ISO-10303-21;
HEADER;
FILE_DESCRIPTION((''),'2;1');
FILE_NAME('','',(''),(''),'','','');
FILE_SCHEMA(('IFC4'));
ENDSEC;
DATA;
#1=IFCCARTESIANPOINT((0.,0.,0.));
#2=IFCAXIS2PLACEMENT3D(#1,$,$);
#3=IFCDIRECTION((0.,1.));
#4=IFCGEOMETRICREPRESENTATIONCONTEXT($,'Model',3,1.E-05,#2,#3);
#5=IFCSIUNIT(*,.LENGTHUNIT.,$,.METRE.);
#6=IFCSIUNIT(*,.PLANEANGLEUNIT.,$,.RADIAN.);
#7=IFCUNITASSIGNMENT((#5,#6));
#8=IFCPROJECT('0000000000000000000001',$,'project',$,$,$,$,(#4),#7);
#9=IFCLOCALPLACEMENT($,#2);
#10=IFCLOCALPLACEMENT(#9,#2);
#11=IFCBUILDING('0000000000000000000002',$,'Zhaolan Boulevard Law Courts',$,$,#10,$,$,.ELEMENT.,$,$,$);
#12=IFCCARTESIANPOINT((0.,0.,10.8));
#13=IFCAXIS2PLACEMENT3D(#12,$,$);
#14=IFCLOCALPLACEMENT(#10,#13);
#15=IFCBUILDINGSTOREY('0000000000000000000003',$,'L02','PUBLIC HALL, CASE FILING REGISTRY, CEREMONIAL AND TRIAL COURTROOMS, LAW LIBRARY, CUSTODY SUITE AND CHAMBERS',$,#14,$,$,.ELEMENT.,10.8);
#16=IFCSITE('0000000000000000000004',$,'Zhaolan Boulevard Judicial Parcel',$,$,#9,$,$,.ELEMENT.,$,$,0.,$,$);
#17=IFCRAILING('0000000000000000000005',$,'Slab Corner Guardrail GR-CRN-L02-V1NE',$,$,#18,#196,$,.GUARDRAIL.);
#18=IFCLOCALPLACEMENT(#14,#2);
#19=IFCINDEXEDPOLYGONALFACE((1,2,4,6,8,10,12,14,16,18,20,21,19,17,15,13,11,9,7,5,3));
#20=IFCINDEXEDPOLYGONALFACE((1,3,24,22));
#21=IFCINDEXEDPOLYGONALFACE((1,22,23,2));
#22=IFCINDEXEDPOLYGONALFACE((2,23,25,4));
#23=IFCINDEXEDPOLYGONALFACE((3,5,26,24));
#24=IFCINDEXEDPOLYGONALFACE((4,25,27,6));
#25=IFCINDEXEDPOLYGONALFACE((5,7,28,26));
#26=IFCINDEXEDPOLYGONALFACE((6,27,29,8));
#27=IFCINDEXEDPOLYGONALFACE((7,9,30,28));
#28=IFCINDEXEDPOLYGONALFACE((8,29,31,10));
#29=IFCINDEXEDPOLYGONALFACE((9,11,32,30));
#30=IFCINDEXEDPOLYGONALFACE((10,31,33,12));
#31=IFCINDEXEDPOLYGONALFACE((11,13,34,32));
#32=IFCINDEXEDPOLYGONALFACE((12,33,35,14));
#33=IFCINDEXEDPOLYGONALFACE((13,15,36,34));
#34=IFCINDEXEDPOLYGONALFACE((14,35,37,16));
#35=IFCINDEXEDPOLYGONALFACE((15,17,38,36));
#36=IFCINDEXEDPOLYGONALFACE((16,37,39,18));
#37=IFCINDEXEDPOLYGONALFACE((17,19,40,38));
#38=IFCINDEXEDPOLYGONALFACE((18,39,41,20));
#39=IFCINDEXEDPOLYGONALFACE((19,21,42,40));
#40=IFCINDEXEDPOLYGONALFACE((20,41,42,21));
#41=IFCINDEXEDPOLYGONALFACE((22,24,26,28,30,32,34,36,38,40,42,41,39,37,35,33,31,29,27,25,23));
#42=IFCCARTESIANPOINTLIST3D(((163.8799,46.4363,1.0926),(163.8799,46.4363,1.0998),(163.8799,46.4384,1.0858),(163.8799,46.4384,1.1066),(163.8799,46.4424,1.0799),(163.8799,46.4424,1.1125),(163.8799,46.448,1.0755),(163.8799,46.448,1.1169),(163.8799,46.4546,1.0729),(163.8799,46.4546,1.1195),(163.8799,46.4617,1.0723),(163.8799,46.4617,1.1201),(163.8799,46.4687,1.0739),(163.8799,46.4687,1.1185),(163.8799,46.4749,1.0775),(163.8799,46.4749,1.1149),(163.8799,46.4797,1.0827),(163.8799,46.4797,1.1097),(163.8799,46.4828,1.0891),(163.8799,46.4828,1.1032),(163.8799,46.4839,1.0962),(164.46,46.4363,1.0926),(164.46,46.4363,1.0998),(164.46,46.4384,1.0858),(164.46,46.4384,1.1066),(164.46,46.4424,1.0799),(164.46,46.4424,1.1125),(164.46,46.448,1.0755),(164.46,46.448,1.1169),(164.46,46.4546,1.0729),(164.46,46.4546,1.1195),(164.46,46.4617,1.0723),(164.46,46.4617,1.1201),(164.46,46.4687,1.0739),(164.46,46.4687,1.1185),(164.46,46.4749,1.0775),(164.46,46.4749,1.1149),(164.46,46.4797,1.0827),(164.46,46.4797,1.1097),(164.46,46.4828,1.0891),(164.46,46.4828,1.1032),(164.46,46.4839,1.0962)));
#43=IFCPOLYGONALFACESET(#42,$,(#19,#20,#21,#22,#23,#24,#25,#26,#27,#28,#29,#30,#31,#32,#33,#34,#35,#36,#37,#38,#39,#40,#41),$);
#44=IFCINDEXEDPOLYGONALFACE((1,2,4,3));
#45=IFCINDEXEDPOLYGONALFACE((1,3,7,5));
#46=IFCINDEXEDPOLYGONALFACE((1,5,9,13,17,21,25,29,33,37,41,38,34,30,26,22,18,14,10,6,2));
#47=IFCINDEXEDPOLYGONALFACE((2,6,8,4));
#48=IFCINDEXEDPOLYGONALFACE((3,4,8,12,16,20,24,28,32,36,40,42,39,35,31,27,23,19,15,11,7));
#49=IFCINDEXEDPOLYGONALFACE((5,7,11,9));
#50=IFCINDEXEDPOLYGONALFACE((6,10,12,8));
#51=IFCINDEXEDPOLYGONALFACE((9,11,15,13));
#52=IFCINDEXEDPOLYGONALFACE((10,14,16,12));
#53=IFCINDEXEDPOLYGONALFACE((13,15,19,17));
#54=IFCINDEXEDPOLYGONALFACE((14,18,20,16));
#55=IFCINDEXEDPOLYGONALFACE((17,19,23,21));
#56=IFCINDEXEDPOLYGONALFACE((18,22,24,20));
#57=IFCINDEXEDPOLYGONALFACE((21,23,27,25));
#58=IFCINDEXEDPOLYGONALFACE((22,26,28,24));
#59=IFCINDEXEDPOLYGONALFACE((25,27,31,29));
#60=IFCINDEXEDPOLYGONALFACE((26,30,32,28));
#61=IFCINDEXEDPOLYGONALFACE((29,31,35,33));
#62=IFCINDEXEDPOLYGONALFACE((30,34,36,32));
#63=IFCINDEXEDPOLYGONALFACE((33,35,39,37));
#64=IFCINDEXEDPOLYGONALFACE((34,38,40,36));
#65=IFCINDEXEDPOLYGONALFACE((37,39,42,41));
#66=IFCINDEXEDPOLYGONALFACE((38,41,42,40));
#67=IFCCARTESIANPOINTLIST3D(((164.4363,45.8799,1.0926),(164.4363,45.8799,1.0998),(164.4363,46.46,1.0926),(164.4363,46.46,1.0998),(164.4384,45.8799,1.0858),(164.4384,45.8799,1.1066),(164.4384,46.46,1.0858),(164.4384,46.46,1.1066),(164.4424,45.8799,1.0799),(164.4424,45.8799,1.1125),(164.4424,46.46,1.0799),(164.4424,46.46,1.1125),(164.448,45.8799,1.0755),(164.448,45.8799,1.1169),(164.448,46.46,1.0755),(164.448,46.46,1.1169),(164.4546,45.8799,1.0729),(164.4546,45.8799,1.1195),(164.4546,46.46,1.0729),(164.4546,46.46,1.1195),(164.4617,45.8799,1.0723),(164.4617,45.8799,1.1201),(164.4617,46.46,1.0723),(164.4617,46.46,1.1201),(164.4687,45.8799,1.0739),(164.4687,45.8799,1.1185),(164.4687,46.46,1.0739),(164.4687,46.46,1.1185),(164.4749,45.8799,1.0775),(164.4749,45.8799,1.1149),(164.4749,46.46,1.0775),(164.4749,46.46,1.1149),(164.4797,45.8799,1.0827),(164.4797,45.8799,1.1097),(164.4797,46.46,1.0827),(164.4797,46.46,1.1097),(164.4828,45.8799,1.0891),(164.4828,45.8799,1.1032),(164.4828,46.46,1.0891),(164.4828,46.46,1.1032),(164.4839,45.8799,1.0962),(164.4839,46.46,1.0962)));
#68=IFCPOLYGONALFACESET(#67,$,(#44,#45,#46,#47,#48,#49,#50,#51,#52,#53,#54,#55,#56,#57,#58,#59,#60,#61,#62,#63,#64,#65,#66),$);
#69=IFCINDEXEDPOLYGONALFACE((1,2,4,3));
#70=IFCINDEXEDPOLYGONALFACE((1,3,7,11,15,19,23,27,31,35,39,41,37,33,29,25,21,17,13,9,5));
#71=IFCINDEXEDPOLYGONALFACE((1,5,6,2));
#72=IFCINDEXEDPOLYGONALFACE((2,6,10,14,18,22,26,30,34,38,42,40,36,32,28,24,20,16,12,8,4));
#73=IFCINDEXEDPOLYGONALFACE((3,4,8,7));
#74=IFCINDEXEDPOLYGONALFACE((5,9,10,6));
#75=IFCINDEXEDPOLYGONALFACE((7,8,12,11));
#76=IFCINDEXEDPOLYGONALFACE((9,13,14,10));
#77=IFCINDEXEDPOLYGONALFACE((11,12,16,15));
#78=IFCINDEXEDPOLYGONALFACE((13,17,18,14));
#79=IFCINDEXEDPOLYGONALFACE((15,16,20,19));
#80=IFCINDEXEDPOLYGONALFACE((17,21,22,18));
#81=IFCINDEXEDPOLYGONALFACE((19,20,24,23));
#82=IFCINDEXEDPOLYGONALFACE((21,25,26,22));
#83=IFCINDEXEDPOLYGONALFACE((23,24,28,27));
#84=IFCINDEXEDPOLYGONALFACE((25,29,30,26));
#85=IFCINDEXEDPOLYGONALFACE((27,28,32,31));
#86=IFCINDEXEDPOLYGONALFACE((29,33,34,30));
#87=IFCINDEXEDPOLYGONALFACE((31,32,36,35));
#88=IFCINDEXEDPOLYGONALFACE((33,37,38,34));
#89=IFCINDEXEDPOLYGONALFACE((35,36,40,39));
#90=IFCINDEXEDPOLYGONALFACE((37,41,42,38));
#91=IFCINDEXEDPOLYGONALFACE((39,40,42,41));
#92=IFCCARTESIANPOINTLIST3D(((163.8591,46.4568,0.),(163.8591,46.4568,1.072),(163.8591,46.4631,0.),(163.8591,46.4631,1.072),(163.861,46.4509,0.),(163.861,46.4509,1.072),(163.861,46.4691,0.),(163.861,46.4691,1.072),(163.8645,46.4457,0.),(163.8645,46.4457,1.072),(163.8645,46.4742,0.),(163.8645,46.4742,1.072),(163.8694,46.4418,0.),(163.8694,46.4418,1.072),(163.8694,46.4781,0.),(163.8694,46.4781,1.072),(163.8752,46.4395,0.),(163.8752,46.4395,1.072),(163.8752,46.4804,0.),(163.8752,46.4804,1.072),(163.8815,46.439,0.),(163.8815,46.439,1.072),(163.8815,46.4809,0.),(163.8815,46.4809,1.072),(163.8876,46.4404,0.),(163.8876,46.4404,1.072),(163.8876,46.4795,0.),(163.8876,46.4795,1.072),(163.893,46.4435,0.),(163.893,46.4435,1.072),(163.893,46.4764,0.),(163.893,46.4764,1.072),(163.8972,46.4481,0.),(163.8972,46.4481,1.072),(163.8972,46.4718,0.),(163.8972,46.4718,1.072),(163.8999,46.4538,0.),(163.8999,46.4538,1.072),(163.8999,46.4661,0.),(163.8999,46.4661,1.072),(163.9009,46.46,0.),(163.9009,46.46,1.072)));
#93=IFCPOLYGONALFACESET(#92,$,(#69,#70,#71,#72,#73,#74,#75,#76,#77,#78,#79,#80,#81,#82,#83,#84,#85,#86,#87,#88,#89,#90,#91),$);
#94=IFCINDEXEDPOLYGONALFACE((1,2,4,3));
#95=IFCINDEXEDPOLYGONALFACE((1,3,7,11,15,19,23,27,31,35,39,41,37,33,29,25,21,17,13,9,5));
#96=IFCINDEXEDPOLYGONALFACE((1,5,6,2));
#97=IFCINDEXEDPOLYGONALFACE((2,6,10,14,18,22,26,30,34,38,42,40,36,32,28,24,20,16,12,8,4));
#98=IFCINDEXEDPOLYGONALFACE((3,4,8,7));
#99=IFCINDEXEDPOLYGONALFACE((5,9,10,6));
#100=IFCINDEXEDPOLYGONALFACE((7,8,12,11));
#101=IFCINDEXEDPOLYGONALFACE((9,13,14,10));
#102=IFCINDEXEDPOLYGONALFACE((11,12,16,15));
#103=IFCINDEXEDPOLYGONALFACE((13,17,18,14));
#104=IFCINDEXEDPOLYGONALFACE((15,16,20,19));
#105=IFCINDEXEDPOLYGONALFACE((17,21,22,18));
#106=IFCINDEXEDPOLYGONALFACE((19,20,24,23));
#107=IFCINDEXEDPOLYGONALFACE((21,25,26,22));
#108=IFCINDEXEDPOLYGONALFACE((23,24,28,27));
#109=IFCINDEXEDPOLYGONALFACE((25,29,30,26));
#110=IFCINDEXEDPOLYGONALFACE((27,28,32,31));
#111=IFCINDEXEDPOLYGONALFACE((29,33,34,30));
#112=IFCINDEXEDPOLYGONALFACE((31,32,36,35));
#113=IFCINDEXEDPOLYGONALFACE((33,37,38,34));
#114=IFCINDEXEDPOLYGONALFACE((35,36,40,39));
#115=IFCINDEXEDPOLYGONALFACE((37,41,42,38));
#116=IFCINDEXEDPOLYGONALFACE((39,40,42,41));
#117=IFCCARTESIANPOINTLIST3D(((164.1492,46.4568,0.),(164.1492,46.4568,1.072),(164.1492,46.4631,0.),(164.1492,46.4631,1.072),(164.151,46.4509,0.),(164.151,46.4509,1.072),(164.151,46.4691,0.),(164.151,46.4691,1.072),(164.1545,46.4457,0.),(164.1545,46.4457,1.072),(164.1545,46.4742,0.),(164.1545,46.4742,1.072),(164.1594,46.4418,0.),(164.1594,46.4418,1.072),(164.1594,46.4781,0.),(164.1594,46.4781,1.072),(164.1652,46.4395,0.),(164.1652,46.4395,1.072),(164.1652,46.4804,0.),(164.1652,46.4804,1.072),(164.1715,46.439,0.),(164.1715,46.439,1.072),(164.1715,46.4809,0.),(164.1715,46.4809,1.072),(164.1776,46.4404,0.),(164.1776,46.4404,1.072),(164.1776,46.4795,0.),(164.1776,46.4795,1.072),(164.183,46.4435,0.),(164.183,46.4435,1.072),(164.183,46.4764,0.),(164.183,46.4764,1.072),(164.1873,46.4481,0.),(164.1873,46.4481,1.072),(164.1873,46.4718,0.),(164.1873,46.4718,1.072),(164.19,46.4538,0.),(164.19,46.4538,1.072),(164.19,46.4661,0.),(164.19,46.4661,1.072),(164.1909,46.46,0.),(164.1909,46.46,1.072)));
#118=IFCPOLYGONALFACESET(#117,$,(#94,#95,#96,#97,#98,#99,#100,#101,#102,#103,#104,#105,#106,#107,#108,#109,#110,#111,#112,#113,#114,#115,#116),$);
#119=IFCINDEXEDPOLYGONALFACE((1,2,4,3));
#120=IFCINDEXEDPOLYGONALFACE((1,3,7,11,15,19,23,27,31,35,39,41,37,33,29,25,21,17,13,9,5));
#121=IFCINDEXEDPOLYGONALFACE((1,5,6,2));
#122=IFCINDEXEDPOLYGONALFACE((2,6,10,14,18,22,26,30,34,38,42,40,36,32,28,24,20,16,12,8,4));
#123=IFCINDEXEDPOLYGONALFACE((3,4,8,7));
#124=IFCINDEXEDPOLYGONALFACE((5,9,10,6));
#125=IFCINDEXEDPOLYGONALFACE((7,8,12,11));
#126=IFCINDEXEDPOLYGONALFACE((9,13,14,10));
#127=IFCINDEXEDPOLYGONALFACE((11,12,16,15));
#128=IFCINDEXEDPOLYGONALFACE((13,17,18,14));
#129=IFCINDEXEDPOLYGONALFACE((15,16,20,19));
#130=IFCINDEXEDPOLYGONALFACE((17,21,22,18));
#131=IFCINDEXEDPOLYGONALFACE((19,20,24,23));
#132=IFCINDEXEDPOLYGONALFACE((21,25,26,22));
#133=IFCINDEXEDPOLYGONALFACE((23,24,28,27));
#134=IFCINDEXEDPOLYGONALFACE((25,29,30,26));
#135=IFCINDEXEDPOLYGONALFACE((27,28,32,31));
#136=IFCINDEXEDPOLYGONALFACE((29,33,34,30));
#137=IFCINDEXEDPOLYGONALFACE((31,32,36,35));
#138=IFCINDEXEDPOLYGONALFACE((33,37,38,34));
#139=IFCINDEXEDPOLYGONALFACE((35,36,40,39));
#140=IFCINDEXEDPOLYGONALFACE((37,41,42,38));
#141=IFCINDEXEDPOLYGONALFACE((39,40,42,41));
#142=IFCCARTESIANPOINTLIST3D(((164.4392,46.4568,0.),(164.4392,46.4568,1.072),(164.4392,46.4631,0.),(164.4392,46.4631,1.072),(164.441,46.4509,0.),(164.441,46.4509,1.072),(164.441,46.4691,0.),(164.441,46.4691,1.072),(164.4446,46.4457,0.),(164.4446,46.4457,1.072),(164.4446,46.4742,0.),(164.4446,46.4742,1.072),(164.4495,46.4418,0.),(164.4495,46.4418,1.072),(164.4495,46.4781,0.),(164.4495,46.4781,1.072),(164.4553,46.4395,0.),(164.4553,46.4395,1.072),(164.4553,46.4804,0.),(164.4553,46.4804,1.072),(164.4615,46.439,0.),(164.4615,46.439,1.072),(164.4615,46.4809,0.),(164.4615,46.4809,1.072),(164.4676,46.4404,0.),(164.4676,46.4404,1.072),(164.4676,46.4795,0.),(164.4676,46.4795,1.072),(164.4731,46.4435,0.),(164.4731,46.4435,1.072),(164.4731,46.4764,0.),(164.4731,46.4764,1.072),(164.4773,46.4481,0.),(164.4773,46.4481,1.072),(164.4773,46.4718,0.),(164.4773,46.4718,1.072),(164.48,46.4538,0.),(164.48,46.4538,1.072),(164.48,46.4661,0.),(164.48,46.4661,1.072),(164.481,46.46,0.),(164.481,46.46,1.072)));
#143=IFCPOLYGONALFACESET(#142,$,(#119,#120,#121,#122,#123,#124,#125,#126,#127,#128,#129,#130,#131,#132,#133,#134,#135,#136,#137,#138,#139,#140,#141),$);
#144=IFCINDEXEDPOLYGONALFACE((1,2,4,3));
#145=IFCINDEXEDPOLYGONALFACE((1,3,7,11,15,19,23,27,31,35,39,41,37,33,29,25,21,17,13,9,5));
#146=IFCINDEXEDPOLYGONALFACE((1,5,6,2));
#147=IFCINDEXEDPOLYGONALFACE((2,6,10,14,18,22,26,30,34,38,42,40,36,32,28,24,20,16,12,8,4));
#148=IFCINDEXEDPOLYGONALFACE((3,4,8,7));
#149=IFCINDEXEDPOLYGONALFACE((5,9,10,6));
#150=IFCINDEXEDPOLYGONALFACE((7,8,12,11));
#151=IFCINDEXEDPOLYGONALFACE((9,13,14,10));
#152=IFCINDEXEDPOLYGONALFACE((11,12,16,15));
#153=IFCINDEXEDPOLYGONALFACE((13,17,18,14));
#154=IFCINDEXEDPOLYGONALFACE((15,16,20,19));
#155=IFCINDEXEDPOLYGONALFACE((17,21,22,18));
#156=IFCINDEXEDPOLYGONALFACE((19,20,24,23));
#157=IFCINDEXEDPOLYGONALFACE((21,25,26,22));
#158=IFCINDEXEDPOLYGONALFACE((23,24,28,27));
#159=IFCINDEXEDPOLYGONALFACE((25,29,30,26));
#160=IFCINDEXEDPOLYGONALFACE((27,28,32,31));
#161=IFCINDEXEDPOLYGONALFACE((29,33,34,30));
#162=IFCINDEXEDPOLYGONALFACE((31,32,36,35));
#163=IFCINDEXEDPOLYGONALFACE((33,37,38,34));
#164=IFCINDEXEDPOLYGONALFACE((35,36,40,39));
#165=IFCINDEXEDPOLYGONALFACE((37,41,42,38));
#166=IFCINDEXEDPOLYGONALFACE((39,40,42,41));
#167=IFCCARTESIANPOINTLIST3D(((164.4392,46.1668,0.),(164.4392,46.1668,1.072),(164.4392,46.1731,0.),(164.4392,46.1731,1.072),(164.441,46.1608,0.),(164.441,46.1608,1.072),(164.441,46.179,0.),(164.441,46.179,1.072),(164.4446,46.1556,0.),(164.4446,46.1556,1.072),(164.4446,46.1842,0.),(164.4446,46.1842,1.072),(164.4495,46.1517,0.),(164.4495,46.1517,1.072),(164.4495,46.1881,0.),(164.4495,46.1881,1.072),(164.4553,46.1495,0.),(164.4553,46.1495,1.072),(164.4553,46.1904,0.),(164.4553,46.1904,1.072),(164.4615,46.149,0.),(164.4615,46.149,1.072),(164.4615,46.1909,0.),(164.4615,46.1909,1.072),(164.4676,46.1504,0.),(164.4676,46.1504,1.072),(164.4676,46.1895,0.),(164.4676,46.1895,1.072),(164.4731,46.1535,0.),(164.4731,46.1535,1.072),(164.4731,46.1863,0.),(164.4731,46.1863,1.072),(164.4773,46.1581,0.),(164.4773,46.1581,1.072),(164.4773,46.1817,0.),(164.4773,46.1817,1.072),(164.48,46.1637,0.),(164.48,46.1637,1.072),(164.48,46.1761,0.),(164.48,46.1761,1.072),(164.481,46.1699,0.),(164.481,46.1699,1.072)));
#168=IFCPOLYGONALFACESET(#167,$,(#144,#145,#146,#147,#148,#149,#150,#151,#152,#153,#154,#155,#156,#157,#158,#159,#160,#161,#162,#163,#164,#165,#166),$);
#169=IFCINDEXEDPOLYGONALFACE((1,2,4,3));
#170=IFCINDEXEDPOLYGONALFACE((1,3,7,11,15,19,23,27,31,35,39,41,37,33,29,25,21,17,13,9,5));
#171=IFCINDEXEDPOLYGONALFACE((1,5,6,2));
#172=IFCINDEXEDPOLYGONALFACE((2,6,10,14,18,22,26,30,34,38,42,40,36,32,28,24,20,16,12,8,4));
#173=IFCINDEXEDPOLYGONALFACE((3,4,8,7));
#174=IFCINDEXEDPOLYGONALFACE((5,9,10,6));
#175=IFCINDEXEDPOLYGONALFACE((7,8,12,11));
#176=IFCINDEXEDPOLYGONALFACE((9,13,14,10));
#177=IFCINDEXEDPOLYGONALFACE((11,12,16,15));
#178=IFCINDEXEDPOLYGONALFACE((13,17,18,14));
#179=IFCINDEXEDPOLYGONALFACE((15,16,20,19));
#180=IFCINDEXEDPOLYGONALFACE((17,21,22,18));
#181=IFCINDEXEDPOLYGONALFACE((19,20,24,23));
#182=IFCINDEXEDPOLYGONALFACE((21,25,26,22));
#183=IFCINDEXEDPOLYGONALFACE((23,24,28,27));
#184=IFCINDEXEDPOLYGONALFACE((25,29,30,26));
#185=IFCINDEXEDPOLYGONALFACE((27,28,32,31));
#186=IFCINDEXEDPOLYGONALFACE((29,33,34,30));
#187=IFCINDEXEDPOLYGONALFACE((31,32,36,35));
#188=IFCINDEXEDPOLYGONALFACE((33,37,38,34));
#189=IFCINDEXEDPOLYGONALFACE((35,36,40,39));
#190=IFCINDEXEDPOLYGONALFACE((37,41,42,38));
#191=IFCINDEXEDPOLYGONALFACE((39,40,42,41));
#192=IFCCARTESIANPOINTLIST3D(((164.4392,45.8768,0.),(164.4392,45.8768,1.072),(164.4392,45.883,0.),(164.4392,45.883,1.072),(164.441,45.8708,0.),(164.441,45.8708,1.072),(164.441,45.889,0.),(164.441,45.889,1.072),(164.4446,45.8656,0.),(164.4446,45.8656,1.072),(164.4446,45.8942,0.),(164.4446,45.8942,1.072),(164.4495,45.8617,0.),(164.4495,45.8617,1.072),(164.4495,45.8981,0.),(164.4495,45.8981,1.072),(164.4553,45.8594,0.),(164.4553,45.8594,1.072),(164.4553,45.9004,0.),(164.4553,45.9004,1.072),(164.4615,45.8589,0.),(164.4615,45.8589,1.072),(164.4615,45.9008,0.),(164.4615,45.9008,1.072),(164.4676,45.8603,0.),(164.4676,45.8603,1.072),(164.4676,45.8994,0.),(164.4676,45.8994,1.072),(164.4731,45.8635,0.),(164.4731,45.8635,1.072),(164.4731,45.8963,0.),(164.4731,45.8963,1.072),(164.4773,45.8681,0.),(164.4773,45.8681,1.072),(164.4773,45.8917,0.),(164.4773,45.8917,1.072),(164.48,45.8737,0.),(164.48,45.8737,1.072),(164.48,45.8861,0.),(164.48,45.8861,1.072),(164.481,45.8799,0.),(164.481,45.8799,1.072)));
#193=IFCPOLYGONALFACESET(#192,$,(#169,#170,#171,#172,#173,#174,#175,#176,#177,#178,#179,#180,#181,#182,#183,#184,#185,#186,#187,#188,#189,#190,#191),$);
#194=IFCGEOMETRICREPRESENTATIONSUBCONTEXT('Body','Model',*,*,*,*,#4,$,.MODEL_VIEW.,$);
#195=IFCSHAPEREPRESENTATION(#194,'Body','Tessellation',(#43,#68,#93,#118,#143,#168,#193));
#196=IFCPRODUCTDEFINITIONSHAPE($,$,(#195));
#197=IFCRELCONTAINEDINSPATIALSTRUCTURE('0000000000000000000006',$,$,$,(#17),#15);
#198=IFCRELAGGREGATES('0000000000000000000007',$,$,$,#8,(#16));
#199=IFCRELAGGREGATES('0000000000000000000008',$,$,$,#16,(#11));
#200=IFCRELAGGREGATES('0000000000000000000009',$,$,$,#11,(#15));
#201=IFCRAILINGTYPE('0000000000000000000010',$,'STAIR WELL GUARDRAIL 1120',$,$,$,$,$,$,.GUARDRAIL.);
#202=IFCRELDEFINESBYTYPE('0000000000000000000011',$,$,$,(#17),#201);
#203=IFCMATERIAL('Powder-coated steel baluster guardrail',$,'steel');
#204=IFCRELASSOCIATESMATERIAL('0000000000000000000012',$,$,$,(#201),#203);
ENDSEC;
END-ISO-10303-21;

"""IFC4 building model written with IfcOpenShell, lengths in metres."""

from ifc_helpers import new_model, si_unit, direction, frame, origin, origin_2d, place, context, subcontext, project, spatial, circle, extrude, material, type_object, element, save


model = new_model("IFC4")

# Units and contexts
model_context = context("Model", 3, precision=1e-05, world=origin(), true_north=direction((0.0, 1.0)))
body_context = subcontext(model_context, "Body", "Model", "MODEL_VIEW")
ifc_project = project(units=[si_unit("LENGTHUNIT", "METRE"), si_unit("PLANEANGLEUNIT", "RADIAN")], contexts=[model_context])

# Site, building, storey
site_placement = place(None, origin())
site = spatial("IfcSite", under=ifc_project, at=site_placement, Name="Zhaolan Boulevard Judicial Parcel", CompositionType="ELEMENT", RefElevation=0.0)
building_placement = place(site_placement, origin())
building = spatial("IfcBuilding", under=site, at=building_placement, Name="Zhaolan Boulevard Law Courts", CompositionType="ELEMENT")
storey_placement = place(building_placement, frame((0.0, 0.0, 10.8)))
storey = spatial("IfcBuildingStorey", under=building, at=storey_placement, Name="L02", Description="PUBLIC HALL, CASE FILING REGISTRY, CEREMONIAL AND TRIAL COURTROOMS, LAW LIBRARY, CUSTODY SUITE AND CHAMBERS", CompositionType="ELEMENT", Elevation=10.8)

# Railing
ifc_material_1 = material(Name="Powder-coated steel baluster guardrail", Category="steel")
railing_type = type_object("IfcRailingType", Name="STAIR WELL GUARDRAIL 1120", PredefinedType="GUARDRAIL", material=ifc_material_1)
railing_placement = place(storey_placement, frame((163.8799, 46.46, 0.0)))
element("IfcRailing", 1, at=railing_placement, inside=storey, type_object=railing_type, Name="Slab Corner Guardrail GR-CRN-L02-V1NE", PredefinedType="GUARDRAIL", context=body_context, shape_type="SweptSolid", body=[
    extrude(circle(Radius=0.0239, at=origin_2d()), frame((0.0, 0.0, 1.0962), z_axis=(1.0, 0.0, 0.0), x_axis=(0.0, 1.0, 0.0)), (0.0, 0.0, 1.0), 0.5801),
    extrude(circle(Radius=0.0239, at=origin_2d()), frame((0.5801, 0.0, 1.0962), z_axis=(0.0, -1.0, 0.0), x_axis=(1.0, 0.0, 0.0)), (0.0, 0.0, 1.0), 0.5801),
    extrude(circle(Radius=0.021, at=origin_2d()), origin(), (0.0, 0.0, 1.0), 1.072),
    extrude(circle(Radius=0.021, at=origin_2d()), frame((0.29, 0.0, 0.0)), (0.0, 0.0, 1.0), 1.072),
    extrude(circle(Radius=0.021, at=origin_2d()), frame((0.5801, 0.0, 0.0)), (0.0, 0.0, 1.0), 1.072),
    extrude(circle(Radius=0.021, at=origin_2d()), frame((0.5801, -0.29, 0.0)), (0.0, 0.0, 1.0), 1.072),
    extrude(circle(Radius=0.021, at=origin_2d()), frame((0.5801, -0.5801, 0.0)), (0.0, 0.0, 1.0), 1.072),
])

save(model, "model.ifc")
